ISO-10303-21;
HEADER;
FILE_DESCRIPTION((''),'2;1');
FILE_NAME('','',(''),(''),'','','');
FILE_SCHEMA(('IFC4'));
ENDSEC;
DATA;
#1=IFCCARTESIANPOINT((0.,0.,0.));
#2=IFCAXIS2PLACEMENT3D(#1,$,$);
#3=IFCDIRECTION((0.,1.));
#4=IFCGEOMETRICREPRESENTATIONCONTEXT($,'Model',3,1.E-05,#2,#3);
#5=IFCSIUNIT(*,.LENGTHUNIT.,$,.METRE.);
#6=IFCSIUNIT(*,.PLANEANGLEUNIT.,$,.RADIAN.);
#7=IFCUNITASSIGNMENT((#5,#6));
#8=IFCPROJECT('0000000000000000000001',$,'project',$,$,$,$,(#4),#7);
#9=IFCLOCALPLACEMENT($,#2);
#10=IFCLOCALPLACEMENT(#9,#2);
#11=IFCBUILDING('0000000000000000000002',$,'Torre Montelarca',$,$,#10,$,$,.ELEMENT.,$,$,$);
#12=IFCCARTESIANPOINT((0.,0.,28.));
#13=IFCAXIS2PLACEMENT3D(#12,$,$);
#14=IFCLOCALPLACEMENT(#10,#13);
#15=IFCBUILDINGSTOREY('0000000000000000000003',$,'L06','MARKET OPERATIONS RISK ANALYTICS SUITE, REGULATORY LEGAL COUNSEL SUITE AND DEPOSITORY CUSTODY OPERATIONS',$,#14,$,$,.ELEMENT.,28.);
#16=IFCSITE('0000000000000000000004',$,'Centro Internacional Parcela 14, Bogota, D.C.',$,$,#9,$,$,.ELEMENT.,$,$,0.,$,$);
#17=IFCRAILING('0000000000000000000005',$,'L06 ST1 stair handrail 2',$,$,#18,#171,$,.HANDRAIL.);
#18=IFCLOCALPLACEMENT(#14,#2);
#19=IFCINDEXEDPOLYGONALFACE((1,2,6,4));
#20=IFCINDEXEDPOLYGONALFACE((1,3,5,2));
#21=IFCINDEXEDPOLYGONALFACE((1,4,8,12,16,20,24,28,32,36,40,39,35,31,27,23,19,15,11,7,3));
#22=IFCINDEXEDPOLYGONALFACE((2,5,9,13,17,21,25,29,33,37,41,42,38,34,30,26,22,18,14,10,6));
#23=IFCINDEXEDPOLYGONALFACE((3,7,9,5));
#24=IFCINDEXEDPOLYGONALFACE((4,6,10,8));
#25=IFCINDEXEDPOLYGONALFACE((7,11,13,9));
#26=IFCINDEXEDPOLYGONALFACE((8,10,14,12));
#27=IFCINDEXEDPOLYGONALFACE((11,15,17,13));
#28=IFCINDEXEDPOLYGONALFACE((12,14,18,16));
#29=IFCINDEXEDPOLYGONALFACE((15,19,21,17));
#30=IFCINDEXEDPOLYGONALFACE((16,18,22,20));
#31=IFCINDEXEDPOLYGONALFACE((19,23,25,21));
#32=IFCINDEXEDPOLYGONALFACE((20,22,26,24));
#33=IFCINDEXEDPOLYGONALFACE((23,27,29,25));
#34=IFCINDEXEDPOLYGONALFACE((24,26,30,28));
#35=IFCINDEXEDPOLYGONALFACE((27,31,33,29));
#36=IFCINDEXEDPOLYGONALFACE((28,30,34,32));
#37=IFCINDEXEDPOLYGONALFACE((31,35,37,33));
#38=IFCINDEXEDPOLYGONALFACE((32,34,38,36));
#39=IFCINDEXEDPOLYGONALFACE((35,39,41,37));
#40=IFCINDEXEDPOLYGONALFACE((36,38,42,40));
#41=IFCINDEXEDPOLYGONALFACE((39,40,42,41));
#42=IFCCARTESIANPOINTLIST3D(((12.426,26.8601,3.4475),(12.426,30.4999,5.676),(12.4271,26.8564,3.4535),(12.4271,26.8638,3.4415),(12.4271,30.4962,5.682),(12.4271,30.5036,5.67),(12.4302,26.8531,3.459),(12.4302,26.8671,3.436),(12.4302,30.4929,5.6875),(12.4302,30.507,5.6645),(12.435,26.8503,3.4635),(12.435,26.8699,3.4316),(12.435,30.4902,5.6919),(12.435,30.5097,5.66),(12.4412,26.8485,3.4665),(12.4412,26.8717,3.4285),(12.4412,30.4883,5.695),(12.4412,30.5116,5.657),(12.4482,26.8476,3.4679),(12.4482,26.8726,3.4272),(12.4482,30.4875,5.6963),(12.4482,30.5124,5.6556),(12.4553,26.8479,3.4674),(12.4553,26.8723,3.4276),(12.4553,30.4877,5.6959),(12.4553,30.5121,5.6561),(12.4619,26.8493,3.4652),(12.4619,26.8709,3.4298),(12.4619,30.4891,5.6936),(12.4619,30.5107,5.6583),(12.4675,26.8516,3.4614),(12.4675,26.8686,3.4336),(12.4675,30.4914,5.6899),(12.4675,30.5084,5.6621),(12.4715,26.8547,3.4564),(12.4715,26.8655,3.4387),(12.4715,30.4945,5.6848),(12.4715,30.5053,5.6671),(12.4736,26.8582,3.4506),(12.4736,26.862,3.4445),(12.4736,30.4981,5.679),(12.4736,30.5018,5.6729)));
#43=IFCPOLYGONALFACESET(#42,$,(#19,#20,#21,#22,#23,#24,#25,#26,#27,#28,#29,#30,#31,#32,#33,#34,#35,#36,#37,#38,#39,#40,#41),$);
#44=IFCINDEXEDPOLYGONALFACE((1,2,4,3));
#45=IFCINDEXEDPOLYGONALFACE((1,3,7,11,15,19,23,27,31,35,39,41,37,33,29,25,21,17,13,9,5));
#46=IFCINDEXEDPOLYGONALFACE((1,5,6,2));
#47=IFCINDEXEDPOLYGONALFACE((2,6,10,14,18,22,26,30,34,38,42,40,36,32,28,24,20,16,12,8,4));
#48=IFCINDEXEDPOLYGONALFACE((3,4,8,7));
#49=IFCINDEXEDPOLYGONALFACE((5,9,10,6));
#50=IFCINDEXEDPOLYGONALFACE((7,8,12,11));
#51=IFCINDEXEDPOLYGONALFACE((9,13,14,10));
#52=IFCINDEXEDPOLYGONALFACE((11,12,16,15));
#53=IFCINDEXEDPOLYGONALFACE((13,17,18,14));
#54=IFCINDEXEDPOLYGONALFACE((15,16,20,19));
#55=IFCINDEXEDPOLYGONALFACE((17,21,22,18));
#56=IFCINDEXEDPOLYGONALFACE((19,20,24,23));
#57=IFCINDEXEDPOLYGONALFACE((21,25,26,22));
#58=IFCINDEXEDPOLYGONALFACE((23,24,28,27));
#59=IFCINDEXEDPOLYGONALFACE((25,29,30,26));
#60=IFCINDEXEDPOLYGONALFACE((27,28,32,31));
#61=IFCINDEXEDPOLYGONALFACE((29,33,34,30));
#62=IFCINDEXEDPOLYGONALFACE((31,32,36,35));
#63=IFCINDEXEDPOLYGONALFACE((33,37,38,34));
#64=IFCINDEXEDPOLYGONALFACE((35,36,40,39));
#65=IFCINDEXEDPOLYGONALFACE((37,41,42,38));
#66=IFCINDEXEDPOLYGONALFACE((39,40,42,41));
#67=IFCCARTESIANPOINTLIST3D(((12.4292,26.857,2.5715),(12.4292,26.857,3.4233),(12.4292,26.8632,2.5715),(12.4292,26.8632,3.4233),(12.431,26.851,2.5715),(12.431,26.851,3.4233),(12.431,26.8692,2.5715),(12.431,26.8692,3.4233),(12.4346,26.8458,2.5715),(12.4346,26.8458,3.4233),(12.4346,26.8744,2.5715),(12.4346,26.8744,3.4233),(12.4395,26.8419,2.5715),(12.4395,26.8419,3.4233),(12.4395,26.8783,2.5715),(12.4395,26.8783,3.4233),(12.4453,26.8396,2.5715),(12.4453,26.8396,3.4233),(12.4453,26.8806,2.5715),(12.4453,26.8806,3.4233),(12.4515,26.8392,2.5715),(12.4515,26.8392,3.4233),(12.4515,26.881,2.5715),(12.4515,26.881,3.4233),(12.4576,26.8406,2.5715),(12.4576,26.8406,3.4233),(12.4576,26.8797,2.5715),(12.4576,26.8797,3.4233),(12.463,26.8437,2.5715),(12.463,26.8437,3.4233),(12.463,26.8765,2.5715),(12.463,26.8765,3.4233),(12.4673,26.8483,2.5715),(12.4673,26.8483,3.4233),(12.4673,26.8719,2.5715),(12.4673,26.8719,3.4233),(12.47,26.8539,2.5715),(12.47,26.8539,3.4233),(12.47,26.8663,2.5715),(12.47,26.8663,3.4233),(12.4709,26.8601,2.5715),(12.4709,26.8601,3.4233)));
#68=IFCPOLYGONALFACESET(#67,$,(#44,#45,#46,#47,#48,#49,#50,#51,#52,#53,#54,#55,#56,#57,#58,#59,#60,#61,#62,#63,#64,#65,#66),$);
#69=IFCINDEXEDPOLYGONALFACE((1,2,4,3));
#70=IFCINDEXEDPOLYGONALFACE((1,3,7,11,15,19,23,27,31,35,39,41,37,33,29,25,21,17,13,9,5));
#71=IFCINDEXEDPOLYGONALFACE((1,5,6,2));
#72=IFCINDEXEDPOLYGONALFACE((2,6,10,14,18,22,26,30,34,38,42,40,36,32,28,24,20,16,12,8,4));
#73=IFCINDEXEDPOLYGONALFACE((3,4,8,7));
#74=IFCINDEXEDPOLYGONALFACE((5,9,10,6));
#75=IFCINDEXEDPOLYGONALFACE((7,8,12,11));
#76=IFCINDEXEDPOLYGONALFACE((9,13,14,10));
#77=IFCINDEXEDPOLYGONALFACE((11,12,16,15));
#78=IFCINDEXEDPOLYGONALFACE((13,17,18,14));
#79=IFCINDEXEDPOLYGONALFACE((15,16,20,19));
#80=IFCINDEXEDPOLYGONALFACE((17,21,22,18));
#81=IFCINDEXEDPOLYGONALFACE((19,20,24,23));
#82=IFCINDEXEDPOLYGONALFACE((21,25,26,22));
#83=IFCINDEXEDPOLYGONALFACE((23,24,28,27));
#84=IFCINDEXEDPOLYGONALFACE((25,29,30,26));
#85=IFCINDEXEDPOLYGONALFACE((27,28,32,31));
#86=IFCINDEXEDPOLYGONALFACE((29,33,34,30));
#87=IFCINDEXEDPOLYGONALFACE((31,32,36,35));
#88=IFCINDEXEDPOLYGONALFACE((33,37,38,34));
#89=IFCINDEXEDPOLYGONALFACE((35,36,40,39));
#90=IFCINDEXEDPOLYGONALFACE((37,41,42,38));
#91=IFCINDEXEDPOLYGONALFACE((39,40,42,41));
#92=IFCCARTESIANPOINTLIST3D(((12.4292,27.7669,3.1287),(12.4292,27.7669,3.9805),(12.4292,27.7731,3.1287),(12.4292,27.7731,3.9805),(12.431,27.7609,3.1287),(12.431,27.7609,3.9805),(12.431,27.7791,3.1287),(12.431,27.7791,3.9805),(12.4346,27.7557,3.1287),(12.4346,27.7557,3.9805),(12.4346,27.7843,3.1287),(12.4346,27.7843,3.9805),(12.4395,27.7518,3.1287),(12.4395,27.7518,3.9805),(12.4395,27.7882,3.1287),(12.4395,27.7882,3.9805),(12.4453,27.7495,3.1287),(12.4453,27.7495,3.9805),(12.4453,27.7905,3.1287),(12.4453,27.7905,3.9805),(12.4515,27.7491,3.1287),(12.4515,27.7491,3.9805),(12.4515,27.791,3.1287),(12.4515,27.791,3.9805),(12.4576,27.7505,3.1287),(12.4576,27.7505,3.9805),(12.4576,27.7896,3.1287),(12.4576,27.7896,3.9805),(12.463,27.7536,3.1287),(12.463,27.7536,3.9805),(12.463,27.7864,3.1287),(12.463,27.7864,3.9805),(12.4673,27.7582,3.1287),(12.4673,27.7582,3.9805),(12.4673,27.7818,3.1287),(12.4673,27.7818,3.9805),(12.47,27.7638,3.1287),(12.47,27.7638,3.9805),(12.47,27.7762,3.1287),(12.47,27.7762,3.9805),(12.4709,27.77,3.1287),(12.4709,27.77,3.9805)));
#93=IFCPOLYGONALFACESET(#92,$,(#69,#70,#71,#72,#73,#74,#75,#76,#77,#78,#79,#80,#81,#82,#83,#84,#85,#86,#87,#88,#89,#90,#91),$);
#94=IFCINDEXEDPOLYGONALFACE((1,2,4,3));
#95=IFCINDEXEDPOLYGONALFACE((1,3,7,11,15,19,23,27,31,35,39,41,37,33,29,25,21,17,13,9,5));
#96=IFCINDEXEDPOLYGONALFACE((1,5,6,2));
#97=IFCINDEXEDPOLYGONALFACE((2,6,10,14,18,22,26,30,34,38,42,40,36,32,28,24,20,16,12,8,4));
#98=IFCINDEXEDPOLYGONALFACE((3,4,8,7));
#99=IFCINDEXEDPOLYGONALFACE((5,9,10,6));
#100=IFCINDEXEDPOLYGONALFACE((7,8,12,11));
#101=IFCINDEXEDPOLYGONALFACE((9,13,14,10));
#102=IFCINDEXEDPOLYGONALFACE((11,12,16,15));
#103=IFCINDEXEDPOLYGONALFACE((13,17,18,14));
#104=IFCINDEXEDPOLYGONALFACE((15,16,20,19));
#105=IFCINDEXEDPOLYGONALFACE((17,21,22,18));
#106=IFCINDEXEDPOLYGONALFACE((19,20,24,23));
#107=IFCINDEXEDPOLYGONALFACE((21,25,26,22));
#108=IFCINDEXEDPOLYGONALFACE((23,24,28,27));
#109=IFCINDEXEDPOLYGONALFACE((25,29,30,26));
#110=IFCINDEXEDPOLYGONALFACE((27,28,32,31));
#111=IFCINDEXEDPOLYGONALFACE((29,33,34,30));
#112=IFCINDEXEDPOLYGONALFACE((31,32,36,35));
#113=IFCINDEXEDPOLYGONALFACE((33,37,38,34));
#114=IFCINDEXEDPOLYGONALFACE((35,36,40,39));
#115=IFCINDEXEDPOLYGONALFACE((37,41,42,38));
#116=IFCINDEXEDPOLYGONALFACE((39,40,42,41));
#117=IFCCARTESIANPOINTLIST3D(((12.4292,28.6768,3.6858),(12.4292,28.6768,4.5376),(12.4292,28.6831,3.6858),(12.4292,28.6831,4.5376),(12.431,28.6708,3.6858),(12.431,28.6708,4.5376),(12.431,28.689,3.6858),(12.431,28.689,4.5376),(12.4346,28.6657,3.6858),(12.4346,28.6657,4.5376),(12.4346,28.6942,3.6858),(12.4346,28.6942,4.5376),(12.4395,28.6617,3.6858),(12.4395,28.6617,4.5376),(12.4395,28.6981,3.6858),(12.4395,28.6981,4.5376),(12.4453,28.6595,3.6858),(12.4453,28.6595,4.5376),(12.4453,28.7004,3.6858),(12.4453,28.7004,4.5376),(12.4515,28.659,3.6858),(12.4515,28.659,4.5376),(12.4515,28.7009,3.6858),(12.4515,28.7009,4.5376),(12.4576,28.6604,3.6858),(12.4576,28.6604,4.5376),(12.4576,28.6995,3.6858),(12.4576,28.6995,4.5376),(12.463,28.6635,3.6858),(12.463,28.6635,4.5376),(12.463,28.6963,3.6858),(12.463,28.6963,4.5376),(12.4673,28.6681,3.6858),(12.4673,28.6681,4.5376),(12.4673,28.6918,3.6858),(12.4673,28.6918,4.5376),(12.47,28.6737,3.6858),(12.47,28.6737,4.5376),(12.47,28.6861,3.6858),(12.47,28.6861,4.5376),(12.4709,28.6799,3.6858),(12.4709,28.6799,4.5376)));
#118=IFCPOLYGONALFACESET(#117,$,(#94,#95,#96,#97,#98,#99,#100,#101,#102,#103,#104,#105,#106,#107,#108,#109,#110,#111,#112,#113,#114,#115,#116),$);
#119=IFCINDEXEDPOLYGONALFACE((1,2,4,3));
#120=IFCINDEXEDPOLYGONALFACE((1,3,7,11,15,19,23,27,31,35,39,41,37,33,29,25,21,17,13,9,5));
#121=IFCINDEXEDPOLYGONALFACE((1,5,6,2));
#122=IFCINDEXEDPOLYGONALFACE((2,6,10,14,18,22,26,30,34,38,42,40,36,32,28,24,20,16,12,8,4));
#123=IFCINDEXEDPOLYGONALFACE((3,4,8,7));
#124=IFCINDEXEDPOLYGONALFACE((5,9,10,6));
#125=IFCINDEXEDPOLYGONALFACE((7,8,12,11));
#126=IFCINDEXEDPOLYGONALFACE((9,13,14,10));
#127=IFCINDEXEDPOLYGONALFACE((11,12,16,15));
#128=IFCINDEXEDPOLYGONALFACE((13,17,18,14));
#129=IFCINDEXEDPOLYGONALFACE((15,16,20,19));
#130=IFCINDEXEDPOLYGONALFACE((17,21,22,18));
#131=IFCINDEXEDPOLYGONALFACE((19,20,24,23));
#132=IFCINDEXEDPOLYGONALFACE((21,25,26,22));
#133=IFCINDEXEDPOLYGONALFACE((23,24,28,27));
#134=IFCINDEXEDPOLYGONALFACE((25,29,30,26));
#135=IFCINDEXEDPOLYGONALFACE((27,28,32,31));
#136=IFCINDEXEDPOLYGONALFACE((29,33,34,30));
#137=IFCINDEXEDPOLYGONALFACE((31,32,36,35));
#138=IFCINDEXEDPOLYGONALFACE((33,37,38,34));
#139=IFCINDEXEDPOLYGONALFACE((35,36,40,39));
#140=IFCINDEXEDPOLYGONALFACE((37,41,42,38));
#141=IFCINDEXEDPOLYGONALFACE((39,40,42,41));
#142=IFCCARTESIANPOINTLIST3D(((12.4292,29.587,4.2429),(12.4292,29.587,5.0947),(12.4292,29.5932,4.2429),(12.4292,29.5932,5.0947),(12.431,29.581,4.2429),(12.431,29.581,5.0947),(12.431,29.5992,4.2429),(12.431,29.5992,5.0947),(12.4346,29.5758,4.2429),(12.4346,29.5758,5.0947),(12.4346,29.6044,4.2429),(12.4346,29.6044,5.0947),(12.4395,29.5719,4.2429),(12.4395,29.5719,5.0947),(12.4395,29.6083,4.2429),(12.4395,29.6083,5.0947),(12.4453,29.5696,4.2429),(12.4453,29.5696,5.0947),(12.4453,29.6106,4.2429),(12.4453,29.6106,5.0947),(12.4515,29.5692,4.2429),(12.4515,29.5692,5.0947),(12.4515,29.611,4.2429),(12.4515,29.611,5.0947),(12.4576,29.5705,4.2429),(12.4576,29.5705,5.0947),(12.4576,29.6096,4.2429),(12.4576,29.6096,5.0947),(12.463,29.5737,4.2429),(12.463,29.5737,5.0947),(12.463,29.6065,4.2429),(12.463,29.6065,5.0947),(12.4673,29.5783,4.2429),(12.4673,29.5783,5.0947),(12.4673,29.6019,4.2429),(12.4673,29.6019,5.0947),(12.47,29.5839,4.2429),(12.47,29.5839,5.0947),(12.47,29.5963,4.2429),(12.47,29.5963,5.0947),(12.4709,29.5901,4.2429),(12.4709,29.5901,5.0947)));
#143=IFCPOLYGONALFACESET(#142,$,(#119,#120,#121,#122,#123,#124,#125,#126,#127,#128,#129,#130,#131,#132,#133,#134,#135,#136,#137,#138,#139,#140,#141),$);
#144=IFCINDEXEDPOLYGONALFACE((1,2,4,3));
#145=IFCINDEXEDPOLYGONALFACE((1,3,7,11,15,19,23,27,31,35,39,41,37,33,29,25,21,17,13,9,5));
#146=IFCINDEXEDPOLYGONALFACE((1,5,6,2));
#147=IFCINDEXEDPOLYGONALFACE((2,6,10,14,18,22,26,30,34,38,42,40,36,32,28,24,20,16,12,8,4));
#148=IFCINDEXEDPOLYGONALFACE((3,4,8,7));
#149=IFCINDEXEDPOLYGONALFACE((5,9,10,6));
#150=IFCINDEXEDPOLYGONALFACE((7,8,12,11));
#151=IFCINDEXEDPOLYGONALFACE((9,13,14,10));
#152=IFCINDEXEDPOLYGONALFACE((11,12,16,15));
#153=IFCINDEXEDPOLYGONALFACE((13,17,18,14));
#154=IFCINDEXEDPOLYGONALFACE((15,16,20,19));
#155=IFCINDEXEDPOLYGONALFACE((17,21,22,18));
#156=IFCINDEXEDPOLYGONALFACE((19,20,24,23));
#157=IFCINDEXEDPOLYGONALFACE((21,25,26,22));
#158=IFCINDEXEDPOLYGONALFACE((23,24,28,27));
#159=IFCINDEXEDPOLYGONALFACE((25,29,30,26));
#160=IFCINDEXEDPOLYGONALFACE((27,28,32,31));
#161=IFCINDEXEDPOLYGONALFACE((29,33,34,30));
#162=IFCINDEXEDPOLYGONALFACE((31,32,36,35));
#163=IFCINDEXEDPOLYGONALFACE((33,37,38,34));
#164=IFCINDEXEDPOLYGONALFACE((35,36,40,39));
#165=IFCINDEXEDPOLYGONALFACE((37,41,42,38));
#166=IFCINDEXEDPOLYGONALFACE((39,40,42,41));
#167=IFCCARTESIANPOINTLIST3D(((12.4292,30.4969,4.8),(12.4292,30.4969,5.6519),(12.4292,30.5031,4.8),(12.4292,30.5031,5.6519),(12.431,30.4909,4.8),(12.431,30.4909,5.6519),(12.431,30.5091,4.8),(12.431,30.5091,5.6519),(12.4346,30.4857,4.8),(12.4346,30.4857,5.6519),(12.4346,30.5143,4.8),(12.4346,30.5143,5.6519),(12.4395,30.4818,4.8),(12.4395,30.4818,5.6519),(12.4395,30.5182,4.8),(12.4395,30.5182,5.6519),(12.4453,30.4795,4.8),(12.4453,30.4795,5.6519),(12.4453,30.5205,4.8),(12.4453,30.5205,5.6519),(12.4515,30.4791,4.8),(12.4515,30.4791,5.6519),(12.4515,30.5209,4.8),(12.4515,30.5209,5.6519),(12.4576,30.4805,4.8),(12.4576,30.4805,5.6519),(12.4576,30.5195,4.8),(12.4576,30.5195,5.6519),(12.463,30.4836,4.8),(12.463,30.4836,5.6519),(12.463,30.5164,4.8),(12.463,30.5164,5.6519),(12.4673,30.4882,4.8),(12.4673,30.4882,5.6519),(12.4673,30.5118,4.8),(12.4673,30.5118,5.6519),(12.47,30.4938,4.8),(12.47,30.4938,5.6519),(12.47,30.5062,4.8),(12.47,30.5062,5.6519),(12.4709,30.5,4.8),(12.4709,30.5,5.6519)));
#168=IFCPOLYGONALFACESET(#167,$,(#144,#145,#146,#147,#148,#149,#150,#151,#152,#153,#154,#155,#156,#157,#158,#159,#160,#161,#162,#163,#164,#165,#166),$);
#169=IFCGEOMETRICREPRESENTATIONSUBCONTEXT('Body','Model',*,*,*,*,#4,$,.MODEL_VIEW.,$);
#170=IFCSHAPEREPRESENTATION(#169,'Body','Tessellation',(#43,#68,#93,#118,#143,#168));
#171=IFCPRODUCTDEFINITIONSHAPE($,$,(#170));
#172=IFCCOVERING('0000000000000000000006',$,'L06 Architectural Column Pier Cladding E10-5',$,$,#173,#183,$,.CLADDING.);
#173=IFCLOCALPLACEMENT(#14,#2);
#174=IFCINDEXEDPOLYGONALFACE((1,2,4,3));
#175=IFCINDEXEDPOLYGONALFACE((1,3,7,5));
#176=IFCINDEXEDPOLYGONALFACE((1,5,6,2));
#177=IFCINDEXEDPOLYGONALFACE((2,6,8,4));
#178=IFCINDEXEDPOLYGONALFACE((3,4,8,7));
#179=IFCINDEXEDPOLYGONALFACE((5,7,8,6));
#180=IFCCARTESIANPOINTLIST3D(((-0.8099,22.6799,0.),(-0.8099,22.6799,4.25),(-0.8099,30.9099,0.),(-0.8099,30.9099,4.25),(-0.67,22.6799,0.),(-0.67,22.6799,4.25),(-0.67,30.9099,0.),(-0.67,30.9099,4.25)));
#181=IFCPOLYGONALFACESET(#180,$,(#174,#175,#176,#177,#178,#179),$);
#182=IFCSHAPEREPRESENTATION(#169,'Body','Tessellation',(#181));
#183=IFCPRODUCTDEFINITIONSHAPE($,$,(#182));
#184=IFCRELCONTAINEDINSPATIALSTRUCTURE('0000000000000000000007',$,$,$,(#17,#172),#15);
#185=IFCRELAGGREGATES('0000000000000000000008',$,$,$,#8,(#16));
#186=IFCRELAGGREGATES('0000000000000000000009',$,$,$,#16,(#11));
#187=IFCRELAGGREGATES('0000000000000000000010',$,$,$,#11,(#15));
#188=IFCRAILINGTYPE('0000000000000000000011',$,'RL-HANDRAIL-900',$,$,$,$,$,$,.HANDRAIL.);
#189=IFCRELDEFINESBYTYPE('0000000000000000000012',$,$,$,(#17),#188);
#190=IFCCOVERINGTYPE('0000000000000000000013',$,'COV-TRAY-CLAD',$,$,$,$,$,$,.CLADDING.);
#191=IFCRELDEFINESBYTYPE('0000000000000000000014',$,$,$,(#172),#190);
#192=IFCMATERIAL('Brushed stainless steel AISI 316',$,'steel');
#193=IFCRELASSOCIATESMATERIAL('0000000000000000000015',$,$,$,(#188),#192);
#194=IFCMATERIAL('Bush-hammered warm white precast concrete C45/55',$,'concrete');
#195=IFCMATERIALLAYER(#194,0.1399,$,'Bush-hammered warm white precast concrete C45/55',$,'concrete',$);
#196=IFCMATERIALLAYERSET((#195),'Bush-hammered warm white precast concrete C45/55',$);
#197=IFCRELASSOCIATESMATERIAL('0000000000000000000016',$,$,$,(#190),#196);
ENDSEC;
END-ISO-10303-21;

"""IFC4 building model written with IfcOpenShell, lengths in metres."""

from ifc_helpers import new_model, si_unit, direction, frame, origin, origin_2d, place, context, subcontext, project, spatial, rectangle, circle, extrude, source, transform, mapped, material, layer, layer_set, type_object, element, save


model = new_model("IFC4")

# Units and contexts
model_context = context("Model", 3, precision=1e-05, world=origin(), true_north=direction((0.0, 1.0)))
body_context = subcontext(model_context, "Body", "Model", "MODEL_VIEW")
ifc_project = project(units=[si_unit("LENGTHUNIT", "METRE"), si_unit("PLANEANGLEUNIT", "RADIAN")], contexts=[model_context])

# Site, building, storey
site_placement = place(None, origin())
site = spatial("IfcSite", under=ifc_project, at=site_placement, Name="Centro Internacional Parcela 14, Bogota, D.C.", CompositionType="ELEMENT", RefElevation=0.0)
building_placement = place(site_placement, origin())
building = spatial("IfcBuilding", under=site, at=building_placement, Name="Torre Montelarca", CompositionType="ELEMENT")
storey_placement = place(building_placement, frame((0.0, 0.0, 28.0)))
storey = spatial("IfcBuildingStorey", under=building, at=storey_placement, Name="L06", Description="MARKET OPERATIONS RISK ANALYTICS SUITE, REGULATORY LEGAL COUNSEL SUITE AND DEPOSITORY CUSTODY OPERATIONS", CompositionType="ELEMENT", Elevation=28.0)

# Railing
ifc_material_1 = material(Name="Brushed stainless steel AISI 316", Category="steel")
railing_type_1 = type_object("IfcRailingType", Name="RL-HANDRAIL-900", PredefinedType="HANDRAIL", material=ifc_material_1)
railing_1_placement = place(storey_placement, frame((12.45, 26.8601, 2.5715)))
element("IfcRailing", 1, at=railing_1_placement, inside=storey, type_object=railing_type_1, Name="L06 ST1 stair handrail 2", PredefinedType="HANDRAIL", context=body_context, shape_type="SweptSolid", body=[
    extrude(circle(Radius=0.0239, at=origin_2d()), frame((0.0, 0.0, 0.876), z_axis=(0.0, 0.85285, 0.522156), x_axis=(-1.0, 0.0, 0.0)), (0.0, 0.0, 1.0), 4.2678),
    extrude(circle(Radius=0.021, at=origin_2d()), origin(), (0.0, 0.0, 1.0), 0.8518),
    extrude(circle(Radius=0.021, at=origin_2d()), frame((0.0, 0.9099, 0.5571)), (0.0, 0.0, 1.0), 0.8518),
    extrude(circle(Radius=0.021, at=origin_2d()), frame((0.0, 1.8198, 1.1143)), (0.0, 0.0, 1.0), 0.8518),
    extrude(circle(Radius=0.021, at=origin_2d()), frame((0.0, 2.73, 1.6714)), (0.0, 0.0, 1.0), 0.8518),
    extrude(circle(Radius=0.021, at=origin_2d()), frame((0.0, 3.6399, 2.2285)), (0.0, 0.0, 1.0), 0.8518),
])

# Covering
ifc_material_2 = material(Name="Bush-hammered warm white precast concrete C45/55", Category="concrete")
ifc_layer_1 = layer(ifc_material_2, 0.1399, Name="Bush-hammered warm white precast concrete C45/55", Category="concrete")
ifc_layer_set_1 = layer_set([ifc_layer_1], Name="Bush-hammered warm white precast concrete C45/55")
covering_type = type_object("IfcCoveringType", Name="COV-TRAY-CLAD", PredefinedType="CLADDING", material=ifc_layer_set_1)
shared_shape_1 = source(origin(), body_context, "Body", "SweptSolid", [
    extrude(rectangle(XDim=8.23, YDim=0.1399, at=origin_2d()), origin(), (0.0, 0.0, 1.0), 4.25),
])
covering_placement = place(storey_placement, frame((-0.74, 26.7949, 0.0), z_axis=(0.0, 0.0, 1.0), x_axis=(0.0, -1.0, 0.0)))
element("IfcCovering", 2, at=covering_placement, inside=storey, type_object=covering_type, Name="L06 Architectural Column Pier Cladding E10-5", PredefinedType="CLADDING", context=body_context, shape_type="MappedRepresentation", body=[
    mapped(shared_shape_1, transform((0.0, 0.0, 0.0), scale=1.0)),
])

save(model, "model.ifc")
